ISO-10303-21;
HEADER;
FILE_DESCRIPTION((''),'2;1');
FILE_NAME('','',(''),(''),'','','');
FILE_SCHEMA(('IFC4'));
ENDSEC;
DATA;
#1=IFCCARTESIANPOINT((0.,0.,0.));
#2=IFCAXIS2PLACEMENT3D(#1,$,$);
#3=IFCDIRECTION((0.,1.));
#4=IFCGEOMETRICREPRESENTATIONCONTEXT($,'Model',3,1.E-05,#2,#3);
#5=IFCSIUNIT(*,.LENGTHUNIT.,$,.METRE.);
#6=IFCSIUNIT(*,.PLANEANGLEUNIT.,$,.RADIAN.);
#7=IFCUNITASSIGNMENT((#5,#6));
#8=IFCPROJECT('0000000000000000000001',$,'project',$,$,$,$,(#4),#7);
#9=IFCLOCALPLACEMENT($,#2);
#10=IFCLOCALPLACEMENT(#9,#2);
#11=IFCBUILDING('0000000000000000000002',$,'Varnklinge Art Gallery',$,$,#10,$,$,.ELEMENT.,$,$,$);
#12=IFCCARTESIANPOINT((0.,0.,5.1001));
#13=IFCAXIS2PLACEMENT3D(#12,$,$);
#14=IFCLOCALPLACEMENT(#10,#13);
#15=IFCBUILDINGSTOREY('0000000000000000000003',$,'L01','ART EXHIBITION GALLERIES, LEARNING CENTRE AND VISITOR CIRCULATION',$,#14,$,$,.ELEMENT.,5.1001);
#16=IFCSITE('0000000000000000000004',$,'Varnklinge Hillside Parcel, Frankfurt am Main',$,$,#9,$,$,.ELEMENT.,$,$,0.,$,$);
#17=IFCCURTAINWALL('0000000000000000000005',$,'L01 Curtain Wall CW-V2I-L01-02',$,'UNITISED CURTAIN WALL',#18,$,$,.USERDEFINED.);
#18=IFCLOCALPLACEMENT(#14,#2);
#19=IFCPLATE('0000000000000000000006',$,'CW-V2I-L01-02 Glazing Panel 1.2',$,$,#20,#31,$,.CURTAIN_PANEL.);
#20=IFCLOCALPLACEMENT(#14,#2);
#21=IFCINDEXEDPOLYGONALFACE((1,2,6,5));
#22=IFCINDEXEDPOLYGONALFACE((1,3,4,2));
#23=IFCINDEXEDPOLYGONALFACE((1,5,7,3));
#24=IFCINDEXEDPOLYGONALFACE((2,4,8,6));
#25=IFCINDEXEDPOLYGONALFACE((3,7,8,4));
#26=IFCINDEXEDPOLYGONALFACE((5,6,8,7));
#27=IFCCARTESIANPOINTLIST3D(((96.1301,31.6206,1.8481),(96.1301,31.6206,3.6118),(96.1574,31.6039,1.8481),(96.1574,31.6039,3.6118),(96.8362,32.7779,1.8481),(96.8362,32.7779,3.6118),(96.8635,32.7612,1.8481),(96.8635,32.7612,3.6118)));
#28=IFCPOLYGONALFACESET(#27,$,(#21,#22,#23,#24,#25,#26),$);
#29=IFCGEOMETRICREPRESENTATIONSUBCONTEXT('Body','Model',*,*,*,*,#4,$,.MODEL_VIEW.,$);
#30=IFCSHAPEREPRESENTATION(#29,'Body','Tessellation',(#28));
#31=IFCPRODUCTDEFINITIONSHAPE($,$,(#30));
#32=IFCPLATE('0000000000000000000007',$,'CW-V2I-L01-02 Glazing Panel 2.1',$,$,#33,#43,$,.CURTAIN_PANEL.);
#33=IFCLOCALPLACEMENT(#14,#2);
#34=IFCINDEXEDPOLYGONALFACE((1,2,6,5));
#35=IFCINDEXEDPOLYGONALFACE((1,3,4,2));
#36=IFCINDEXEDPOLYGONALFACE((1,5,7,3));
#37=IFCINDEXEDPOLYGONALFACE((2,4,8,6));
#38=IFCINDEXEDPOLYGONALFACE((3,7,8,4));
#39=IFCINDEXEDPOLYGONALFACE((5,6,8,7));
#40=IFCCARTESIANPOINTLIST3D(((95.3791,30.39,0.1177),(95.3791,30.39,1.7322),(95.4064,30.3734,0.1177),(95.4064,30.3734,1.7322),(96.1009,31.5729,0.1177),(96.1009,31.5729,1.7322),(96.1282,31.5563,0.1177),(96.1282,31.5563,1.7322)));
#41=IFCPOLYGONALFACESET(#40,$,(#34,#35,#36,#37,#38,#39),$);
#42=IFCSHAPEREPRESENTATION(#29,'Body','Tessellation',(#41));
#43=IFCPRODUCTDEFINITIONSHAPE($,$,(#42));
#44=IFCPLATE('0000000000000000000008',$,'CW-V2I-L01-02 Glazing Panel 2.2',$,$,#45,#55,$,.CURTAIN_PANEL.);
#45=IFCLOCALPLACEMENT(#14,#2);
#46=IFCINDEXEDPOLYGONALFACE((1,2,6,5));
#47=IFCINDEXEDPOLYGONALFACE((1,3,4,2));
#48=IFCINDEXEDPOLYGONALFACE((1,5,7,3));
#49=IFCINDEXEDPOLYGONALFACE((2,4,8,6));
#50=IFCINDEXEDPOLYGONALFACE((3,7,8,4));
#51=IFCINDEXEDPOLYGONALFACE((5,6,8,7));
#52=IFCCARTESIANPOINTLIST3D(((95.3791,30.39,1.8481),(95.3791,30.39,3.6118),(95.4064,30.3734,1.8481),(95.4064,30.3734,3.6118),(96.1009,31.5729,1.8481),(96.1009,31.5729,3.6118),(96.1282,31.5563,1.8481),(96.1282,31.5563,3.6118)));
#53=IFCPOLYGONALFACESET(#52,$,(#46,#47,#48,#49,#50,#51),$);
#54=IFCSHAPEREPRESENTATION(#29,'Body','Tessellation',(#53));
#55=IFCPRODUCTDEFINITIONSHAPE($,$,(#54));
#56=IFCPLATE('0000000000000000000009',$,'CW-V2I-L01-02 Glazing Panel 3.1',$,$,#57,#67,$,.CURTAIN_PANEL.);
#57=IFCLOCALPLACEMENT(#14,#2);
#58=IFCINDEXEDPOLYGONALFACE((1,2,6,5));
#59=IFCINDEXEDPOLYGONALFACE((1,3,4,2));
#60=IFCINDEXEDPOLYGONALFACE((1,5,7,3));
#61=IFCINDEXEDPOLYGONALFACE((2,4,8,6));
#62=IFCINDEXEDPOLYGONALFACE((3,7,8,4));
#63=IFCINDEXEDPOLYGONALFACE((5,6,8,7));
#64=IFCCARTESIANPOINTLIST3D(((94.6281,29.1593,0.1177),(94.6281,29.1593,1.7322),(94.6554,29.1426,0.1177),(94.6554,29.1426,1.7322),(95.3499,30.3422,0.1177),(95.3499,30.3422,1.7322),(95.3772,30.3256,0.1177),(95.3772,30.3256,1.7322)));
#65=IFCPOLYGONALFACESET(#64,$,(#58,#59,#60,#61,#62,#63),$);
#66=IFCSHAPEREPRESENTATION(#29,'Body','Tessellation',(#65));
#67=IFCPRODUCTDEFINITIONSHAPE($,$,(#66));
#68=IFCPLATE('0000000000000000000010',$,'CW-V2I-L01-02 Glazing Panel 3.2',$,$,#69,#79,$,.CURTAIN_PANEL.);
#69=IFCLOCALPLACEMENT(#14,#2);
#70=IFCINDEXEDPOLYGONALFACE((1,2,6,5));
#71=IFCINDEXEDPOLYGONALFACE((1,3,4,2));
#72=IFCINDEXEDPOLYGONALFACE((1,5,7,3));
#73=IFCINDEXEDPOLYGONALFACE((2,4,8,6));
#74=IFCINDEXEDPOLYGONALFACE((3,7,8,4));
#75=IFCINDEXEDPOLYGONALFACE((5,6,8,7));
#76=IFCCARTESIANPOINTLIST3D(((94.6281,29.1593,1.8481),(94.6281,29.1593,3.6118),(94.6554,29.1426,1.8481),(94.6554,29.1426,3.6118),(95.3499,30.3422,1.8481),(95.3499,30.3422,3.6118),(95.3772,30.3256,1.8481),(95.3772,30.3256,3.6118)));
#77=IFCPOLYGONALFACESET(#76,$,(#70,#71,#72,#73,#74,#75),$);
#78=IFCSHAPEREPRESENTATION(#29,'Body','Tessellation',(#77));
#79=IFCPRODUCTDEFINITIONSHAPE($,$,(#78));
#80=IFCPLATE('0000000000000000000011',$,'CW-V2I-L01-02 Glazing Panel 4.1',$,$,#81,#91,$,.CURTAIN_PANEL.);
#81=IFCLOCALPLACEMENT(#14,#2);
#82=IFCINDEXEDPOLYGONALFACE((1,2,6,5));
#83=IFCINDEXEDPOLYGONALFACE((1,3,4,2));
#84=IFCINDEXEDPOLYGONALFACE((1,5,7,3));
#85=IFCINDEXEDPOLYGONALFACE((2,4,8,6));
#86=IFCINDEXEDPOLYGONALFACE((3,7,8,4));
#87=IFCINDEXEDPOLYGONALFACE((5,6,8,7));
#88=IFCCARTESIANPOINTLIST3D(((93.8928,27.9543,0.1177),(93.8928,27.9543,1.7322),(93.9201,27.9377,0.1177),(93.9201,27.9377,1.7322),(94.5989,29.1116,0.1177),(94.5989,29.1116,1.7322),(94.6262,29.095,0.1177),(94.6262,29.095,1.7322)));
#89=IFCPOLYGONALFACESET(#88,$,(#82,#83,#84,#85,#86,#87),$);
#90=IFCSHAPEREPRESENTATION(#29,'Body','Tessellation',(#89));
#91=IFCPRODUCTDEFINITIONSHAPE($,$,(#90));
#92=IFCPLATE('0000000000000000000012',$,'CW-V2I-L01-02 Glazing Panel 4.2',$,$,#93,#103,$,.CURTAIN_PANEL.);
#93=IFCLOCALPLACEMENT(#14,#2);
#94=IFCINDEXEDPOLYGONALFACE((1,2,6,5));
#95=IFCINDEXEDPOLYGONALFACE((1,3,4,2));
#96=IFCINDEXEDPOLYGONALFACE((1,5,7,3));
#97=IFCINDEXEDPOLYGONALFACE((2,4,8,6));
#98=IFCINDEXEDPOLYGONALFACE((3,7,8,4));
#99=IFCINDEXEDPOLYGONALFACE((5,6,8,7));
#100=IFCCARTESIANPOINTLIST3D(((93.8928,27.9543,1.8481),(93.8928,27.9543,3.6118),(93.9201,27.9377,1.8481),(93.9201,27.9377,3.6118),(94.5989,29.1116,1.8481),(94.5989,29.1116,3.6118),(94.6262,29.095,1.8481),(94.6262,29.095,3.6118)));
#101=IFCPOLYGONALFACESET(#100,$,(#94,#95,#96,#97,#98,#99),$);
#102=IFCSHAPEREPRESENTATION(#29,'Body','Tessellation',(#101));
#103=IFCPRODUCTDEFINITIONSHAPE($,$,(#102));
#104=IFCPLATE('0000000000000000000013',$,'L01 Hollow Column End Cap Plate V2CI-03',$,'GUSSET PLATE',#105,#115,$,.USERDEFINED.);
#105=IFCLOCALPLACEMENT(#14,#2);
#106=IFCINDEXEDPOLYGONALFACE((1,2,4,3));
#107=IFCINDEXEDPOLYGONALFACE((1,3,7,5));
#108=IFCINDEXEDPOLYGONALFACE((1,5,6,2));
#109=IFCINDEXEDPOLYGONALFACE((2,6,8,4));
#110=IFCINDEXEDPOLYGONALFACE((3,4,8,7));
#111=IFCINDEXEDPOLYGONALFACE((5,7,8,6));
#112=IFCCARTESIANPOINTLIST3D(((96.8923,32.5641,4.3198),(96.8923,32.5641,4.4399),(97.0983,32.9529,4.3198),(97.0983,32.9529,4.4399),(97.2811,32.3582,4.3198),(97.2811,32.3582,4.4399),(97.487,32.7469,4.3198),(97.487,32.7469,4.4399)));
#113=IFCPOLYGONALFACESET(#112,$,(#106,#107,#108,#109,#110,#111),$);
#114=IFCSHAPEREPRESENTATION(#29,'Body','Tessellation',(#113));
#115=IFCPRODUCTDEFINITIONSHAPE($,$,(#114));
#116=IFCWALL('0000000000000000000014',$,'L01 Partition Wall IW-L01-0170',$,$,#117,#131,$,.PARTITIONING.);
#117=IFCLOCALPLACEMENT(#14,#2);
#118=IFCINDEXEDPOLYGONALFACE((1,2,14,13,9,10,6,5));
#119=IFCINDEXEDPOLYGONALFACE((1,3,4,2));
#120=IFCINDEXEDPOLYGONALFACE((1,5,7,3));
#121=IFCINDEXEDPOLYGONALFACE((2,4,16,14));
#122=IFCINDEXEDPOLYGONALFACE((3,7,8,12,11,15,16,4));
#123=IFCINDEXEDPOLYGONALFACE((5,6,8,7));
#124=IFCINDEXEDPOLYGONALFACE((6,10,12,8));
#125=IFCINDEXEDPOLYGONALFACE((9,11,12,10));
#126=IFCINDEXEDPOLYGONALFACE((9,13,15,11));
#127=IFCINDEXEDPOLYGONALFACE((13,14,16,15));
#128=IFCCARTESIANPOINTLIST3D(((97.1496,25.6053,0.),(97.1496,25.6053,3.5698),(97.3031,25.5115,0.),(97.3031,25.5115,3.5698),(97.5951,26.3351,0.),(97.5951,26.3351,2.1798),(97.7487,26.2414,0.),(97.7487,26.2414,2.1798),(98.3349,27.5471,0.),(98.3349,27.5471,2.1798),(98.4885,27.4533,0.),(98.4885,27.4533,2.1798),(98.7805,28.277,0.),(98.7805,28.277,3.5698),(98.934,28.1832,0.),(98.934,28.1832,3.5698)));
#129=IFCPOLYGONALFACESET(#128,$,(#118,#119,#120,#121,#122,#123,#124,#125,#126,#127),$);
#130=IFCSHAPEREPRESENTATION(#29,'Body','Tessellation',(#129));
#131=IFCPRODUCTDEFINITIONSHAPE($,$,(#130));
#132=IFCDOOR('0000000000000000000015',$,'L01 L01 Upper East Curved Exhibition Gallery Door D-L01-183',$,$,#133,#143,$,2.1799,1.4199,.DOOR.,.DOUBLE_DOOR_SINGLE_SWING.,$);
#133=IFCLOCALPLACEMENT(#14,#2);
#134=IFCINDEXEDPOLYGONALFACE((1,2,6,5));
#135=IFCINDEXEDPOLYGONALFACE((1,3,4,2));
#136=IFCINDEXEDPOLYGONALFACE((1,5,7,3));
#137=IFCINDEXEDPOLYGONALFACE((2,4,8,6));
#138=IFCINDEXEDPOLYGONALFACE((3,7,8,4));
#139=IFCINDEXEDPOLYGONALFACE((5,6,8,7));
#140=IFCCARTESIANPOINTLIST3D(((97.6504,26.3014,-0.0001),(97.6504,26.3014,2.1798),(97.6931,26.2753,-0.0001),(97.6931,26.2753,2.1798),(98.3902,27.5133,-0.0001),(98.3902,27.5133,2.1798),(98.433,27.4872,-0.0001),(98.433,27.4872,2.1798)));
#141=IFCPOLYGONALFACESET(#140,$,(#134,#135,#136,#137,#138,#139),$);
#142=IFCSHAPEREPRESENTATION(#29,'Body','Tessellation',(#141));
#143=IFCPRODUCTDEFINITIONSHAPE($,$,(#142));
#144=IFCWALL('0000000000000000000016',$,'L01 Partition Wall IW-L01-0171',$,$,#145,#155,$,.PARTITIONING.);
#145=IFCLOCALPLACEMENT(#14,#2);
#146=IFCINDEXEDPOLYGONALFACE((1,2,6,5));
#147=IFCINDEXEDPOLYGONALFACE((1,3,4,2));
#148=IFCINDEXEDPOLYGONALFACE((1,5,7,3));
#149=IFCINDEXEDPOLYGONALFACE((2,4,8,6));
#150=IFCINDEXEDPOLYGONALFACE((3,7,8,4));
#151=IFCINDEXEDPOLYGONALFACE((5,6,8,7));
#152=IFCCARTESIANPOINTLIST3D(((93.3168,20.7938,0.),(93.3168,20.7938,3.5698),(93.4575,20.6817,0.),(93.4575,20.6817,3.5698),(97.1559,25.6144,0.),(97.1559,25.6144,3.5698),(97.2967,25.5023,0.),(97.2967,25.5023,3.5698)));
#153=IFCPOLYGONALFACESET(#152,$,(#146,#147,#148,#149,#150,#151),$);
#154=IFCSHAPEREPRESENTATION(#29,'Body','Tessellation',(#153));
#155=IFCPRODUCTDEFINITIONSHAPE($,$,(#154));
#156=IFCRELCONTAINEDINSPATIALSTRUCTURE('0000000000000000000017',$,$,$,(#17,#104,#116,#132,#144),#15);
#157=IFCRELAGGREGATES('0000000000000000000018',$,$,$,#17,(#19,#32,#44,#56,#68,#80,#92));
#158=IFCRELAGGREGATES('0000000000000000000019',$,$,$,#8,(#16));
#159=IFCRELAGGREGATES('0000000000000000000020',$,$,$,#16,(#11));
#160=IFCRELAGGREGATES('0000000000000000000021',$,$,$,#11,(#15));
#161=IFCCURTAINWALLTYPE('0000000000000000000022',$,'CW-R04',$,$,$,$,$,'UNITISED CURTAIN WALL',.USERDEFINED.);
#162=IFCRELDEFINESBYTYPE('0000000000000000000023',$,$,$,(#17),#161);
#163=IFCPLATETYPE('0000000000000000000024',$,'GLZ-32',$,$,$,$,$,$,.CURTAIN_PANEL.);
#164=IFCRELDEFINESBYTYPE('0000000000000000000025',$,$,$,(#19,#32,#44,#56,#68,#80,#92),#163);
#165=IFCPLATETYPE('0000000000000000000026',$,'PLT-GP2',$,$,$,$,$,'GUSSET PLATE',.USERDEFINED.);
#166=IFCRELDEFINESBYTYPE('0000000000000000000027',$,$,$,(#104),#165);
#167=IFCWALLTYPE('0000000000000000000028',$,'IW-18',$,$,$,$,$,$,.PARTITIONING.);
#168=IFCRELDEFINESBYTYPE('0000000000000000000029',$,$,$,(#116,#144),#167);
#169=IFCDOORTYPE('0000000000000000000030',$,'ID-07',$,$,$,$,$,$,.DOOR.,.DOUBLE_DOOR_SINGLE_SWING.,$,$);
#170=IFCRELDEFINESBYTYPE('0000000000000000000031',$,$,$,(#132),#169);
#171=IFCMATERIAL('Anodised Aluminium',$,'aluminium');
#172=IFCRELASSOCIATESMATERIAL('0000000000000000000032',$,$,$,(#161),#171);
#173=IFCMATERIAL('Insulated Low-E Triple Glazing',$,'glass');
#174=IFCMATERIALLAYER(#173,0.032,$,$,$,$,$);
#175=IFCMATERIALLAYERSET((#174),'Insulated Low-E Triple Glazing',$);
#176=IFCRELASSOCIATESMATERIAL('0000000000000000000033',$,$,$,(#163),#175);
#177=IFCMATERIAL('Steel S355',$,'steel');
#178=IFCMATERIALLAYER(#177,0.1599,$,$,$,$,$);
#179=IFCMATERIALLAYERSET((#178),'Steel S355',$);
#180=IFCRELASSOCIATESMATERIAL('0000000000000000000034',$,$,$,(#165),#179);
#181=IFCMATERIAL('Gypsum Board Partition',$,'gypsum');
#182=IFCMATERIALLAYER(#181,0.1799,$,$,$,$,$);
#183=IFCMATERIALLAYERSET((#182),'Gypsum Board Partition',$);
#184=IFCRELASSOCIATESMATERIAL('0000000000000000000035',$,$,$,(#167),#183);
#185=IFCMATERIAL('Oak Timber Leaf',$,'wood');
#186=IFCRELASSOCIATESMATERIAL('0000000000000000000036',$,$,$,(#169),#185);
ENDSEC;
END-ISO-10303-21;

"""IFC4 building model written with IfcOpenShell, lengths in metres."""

from ifc_helpers import new_model, si_unit, direction, frame, frame_2d, origin, origin_2d, place, context, subcontext, project, spatial, rectangle, extrude, material, layer, layer_set, type_object, element, fill, aggregate, save


model = new_model("IFC4")

# Units and contexts
model_context = context("Model", 3, precision=1e-05, world=origin(), true_north=direction((0.0, 1.0)))
body_context = subcontext(model_context, "Body", "Model", "MODEL_VIEW")
ifc_project = project(units=[si_unit("LENGTHUNIT", "METRE"), si_unit("PLANEANGLEUNIT", "RADIAN")], contexts=[model_context])

# Site, building, storey
site_placement = place(None, origin())
site = spatial("IfcSite", under=ifc_project, at=site_placement, Name="Varnklinge Hillside Parcel, Frankfurt am Main", CompositionType="ELEMENT", RefElevation=0.0)
building_placement = place(site_placement, origin())
building = spatial("IfcBuilding", under=site, at=building_placement, Name="Varnklinge Art Gallery", CompositionType="ELEMENT")
storey_placement = place(building_placement, frame((0.0, 0.0, 5.1001)))
storey = spatial("IfcBuildingStorey", under=building, at=storey_placement, Name="L01", Description="ART EXHIBITION GALLERIES, LEARNING CENTRE AND VISITOR CIRCULATION", CompositionType="ELEMENT", Elevation=5.1001)

# Curtain wall
ifc_material_1 = material(Name="Anodised Aluminium", Category="aluminium")
curtain_wall_type = type_object("IfcCurtainWallType", Name="CW-R04", ElementType="UNITISED CURTAIN WALL", PredefinedType="USERDEFINED", material=ifc_material_1)
curtain_wall_placement = place(storey_placement, origin())
curtain_wall = element("IfcCurtainWall", 1, at=curtain_wall_placement, inside=storey, type_object=curtain_wall_type, Name="L01 Curtain Wall CW-V2I-L01-02", ObjectType="UNITISED CURTAIN WALL", PredefinedType="USERDEFINED")

# Plates
ifc_material_2 = material(Name="Insulated Low-E Triple Glazing", Category="glass")
ifc_layer_1 = layer(ifc_material_2, 0.032)
ifc_layer_set_1 = layer_set([ifc_layer_1], Name="Insulated Low-E Triple Glazing")
plate_type_1 = type_object("IfcPlateType", Name="GLZ-32", PredefinedType="CURTAIN_PANEL", material=ifc_layer_set_1)
plate_1_placement = place(storey_placement, frame((96.4968, 32.1909, 1.8481), z_axis=(0.0, 0.0, 1.0), x_axis=(-0.520861, -0.853642, 0.0)))
plate_1 = element("IfcPlate", 2, at=plate_1_placement, type_object=plate_type_1, Name="CW-V2I-L01-02 Glazing Panel 1.2", PredefinedType="CURTAIN_PANEL", context=body_context, shape_type="SweptSolid", body=[
    extrude(rectangle(XDim=1.3557, YDim=0.032, at=origin_2d()), origin(), (0.0, 0.0, 1.0), 1.7637),
])
plate_2_placement = place(storey_placement, frame((95.7537, 30.9731, 0.1177), z_axis=(0.0, 0.0, 1.0), x_axis=(-0.520861, -0.853642, 0.0)))
plate_2 = element("IfcPlate", 3, at=plate_2_placement, type_object=plate_type_1, Name="CW-V2I-L01-02 Glazing Panel 2.1", PredefinedType="CURTAIN_PANEL", context=body_context, shape_type="SweptSolid", body=[
    extrude(rectangle(XDim=1.3857, YDim=0.032, at=origin_2d()), origin(), (0.0, 0.0, 1.0), 1.6145),
])
plate_3_placement = place(storey_placement, frame((95.7537, 30.9731, 1.8481), z_axis=(0.0, 0.0, 1.0), x_axis=(-0.520861, -0.853642, 0.0)))
plate_3 = element("IfcPlate", 4, at=plate_3_placement, type_object=plate_type_1, Name="CW-V2I-L01-02 Glazing Panel 2.2", PredefinedType="CURTAIN_PANEL", context=body_context, shape_type="SweptSolid", body=[
    extrude(rectangle(XDim=1.3857, YDim=0.032, at=origin_2d()), origin(), (0.0, 0.0, 1.0), 1.7637),
])
plate_4_placement = place(storey_placement, frame((95.0027, 29.7424, 0.1177), z_axis=(0.0, 0.0, 1.0), x_axis=(-0.520861, -0.853642, 0.0)))
plate_4 = element("IfcPlate", 5, at=plate_4_placement, type_object=plate_type_1, Name="CW-V2I-L01-02 Glazing Panel 3.1", PredefinedType="CURTAIN_PANEL", context=body_context, shape_type="SweptSolid", body=[
    extrude(rectangle(XDim=1.3857, YDim=0.032, at=origin_2d()), origin(), (0.0, 0.0, 1.0), 1.6145),
])
plate_5_placement = place(storey_placement, frame((95.0027, 29.7424, 1.8481), z_axis=(0.0, 0.0, 1.0), x_axis=(-0.520861, -0.853642, 0.0)))
plate_5 = element("IfcPlate", 6, at=plate_5_placement, type_object=plate_type_1, Name="CW-V2I-L01-02 Glazing Panel 3.2", PredefinedType="CURTAIN_PANEL", context=body_context, shape_type="SweptSolid", body=[
    extrude(rectangle(XDim=1.3857, YDim=0.032, at=origin_2d()), origin(), (0.0, 0.0, 1.0), 1.7637),
])
plate_6_placement = place(storey_placement, frame((94.2595, 28.5247, 0.1177), z_axis=(0.0, 0.0, 1.0), x_axis=(-0.520861, -0.853642, 0.0)))
plate_6 = element("IfcPlate", 7, at=plate_6_placement, type_object=plate_type_1, Name="CW-V2I-L01-02 Glazing Panel 4.1", PredefinedType="CURTAIN_PANEL", context=body_context, shape_type="SweptSolid", body=[
    extrude(rectangle(XDim=1.3557, YDim=0.032, at=origin_2d()), origin(), (0.0, 0.0, 1.0), 1.6145),
])
plate_7_placement = place(storey_placement, frame((94.2595, 28.5247, 1.8481), z_axis=(0.0, 0.0, 1.0), x_axis=(-0.520861, -0.853642, 0.0)))
plate_7 = element("IfcPlate", 8, at=plate_7_placement, type_object=plate_type_1, Name="CW-V2I-L01-02 Glazing Panel 4.2", PredefinedType="CURTAIN_PANEL", context=body_context, shape_type="SweptSolid", body=[
    extrude(rectangle(XDim=1.3557, YDim=0.032, at=origin_2d()), origin(), (0.0, 0.0, 1.0), 1.7637),
])
aggregate(curtain_wall, [plate_1, plate_2, plate_3, plate_4, plate_5, plate_6, plate_7])
ifc_material_3 = material(Name="Steel S355", Category="steel")
ifc_layer_2 = layer(ifc_material_3, 0.1599)
ifc_layer_set_2 = layer_set([ifc_layer_2], Name="Steel S355")
plate_type_2 = type_object("IfcPlateType", Name="PLT-GP2", ElementType="GUSSET PLATE", PredefinedType="USERDEFINED", material=ifc_layer_set_2)
plate_8_placement = place(storey_placement, frame((97.1897, 32.6555, 4.3198), z_axis=(0.0, 0.0, 1.0), x_axis=(-0.883684, 0.468084, 0.0)))
element("IfcPlate", 9, at=plate_8_placement, inside=storey, type_object=plate_type_2, Name="L01 Hollow Column End Cap Plate V2CI-03", ObjectType="GUSSET PLATE", PredefinedType="USERDEFINED", context=body_context, shape_type="SweptSolid", body=[
    extrude(rectangle(XDim=0.4399, YDim=0.4399, at=origin_2d()), origin(), (0.0, 0.0, 1.0), 0.1201),
])

# Wall, opening, door
ifc_material_4 = material(Name="Gypsum Board Partition", Category="gypsum")
ifc_layer_3 = layer(ifc_material_4, 0.1799)
ifc_layer_set_3 = layer_set([ifc_layer_3], Name="Gypsum Board Partition")
wall_type = type_object("IfcWallType", Name="IW-18", PredefinedType="PARTITIONING", material=ifc_layer_set_3)
wall_1_placement = place(storey_placement, frame((98.8572, 28.23, 0.0), z_axis=(0.0, 0.0, 1.0), x_axis=(-0.52103, -0.853538, 0.0)))
wall_1 = element("IfcWall", 10, at=wall_1_placement, inside=storey, type_object=wall_type, Name="L01 Partition Wall IW-L01-0170", PredefinedType="PARTITIONING", context=body_context, shape_type="SweptSolid", body=[
    extrude(rectangle(XDim=3.1301, YDim=0.1799, at=frame_2d((1.5649, 0.0))), origin(), (0.0, 0.0, 1.0), 3.5698),
])
opening_placement = place(wall_1_placement, frame((0.855, 0.0, 0.0)))
opening = element("IfcOpeningElement", 11, at=opening_placement, cuts=wall_1, PredefinedType="OPENING", context=body_context, shape_type="SweptSolid", body=[
    extrude(rectangle(XDim=1.4199, YDim=2.1799, at=frame_2d((0.71, 1.0898))), frame((0.0, 0.0999, 0.0), z_axis=(0.0, -1.0, 0.0), x_axis=(1.0, 0.0, 0.0)), (0.0, 0.0, 1.0), 0.2),
])
ifc_material_5 = material(Name="Oak Timber Leaf", Category="wood")
door_type = type_object("IfcDoorType", Name="ID-07", OperationType="DOUBLE_DOOR_SINGLE_SWING", PredefinedType="DOOR", material=ifc_material_5)
door_placement = place(opening_placement, origin())
door = element("IfcDoor", 12, at=door_placement, inside=storey, type_object=door_type, Name="L01 L01 Upper East Curved Exhibition Gallery Door D-L01-183", OperationType="DOUBLE_DOOR_SINGLE_SWING", OverallHeight=2.1799, OverallWidth=1.4199, PredefinedType="DOOR", context=body_context, shape_type="SweptSolid", body=[
    extrude(rectangle(XDim=1.4199, YDim=2.1799, at=frame_2d((0.71, 1.0898))), frame((0.0, 0.0249, 0.0), z_axis=(0.0, -1.0, 0.0), x_axis=(1.0, 0.0, 0.0)), (0.0, 0.0, 1.0), 0.05),
])
fill(opening, door)

# Wall
wall_2_placement = place(storey_placement, frame((97.2263, 25.5583, 0.0), z_axis=(0.0, 0.0, 1.0), x_axis=(-0.622978, -0.782239, 0.0)))
element("IfcWall", 13, at=wall_2_placement, inside=storey, type_object=wall_type, Name="L01 Partition Wall IW-L01-0171", PredefinedType="PARTITIONING", context=body_context, shape_type="SweptSolid", body=[
    extrude(rectangle(XDim=6.1626, YDim=0.1799, at=frame_2d((3.0813, 0.0))), origin(), (0.0, 0.0, 1.0), 3.5698),
])

save(model, "model.ifc")
